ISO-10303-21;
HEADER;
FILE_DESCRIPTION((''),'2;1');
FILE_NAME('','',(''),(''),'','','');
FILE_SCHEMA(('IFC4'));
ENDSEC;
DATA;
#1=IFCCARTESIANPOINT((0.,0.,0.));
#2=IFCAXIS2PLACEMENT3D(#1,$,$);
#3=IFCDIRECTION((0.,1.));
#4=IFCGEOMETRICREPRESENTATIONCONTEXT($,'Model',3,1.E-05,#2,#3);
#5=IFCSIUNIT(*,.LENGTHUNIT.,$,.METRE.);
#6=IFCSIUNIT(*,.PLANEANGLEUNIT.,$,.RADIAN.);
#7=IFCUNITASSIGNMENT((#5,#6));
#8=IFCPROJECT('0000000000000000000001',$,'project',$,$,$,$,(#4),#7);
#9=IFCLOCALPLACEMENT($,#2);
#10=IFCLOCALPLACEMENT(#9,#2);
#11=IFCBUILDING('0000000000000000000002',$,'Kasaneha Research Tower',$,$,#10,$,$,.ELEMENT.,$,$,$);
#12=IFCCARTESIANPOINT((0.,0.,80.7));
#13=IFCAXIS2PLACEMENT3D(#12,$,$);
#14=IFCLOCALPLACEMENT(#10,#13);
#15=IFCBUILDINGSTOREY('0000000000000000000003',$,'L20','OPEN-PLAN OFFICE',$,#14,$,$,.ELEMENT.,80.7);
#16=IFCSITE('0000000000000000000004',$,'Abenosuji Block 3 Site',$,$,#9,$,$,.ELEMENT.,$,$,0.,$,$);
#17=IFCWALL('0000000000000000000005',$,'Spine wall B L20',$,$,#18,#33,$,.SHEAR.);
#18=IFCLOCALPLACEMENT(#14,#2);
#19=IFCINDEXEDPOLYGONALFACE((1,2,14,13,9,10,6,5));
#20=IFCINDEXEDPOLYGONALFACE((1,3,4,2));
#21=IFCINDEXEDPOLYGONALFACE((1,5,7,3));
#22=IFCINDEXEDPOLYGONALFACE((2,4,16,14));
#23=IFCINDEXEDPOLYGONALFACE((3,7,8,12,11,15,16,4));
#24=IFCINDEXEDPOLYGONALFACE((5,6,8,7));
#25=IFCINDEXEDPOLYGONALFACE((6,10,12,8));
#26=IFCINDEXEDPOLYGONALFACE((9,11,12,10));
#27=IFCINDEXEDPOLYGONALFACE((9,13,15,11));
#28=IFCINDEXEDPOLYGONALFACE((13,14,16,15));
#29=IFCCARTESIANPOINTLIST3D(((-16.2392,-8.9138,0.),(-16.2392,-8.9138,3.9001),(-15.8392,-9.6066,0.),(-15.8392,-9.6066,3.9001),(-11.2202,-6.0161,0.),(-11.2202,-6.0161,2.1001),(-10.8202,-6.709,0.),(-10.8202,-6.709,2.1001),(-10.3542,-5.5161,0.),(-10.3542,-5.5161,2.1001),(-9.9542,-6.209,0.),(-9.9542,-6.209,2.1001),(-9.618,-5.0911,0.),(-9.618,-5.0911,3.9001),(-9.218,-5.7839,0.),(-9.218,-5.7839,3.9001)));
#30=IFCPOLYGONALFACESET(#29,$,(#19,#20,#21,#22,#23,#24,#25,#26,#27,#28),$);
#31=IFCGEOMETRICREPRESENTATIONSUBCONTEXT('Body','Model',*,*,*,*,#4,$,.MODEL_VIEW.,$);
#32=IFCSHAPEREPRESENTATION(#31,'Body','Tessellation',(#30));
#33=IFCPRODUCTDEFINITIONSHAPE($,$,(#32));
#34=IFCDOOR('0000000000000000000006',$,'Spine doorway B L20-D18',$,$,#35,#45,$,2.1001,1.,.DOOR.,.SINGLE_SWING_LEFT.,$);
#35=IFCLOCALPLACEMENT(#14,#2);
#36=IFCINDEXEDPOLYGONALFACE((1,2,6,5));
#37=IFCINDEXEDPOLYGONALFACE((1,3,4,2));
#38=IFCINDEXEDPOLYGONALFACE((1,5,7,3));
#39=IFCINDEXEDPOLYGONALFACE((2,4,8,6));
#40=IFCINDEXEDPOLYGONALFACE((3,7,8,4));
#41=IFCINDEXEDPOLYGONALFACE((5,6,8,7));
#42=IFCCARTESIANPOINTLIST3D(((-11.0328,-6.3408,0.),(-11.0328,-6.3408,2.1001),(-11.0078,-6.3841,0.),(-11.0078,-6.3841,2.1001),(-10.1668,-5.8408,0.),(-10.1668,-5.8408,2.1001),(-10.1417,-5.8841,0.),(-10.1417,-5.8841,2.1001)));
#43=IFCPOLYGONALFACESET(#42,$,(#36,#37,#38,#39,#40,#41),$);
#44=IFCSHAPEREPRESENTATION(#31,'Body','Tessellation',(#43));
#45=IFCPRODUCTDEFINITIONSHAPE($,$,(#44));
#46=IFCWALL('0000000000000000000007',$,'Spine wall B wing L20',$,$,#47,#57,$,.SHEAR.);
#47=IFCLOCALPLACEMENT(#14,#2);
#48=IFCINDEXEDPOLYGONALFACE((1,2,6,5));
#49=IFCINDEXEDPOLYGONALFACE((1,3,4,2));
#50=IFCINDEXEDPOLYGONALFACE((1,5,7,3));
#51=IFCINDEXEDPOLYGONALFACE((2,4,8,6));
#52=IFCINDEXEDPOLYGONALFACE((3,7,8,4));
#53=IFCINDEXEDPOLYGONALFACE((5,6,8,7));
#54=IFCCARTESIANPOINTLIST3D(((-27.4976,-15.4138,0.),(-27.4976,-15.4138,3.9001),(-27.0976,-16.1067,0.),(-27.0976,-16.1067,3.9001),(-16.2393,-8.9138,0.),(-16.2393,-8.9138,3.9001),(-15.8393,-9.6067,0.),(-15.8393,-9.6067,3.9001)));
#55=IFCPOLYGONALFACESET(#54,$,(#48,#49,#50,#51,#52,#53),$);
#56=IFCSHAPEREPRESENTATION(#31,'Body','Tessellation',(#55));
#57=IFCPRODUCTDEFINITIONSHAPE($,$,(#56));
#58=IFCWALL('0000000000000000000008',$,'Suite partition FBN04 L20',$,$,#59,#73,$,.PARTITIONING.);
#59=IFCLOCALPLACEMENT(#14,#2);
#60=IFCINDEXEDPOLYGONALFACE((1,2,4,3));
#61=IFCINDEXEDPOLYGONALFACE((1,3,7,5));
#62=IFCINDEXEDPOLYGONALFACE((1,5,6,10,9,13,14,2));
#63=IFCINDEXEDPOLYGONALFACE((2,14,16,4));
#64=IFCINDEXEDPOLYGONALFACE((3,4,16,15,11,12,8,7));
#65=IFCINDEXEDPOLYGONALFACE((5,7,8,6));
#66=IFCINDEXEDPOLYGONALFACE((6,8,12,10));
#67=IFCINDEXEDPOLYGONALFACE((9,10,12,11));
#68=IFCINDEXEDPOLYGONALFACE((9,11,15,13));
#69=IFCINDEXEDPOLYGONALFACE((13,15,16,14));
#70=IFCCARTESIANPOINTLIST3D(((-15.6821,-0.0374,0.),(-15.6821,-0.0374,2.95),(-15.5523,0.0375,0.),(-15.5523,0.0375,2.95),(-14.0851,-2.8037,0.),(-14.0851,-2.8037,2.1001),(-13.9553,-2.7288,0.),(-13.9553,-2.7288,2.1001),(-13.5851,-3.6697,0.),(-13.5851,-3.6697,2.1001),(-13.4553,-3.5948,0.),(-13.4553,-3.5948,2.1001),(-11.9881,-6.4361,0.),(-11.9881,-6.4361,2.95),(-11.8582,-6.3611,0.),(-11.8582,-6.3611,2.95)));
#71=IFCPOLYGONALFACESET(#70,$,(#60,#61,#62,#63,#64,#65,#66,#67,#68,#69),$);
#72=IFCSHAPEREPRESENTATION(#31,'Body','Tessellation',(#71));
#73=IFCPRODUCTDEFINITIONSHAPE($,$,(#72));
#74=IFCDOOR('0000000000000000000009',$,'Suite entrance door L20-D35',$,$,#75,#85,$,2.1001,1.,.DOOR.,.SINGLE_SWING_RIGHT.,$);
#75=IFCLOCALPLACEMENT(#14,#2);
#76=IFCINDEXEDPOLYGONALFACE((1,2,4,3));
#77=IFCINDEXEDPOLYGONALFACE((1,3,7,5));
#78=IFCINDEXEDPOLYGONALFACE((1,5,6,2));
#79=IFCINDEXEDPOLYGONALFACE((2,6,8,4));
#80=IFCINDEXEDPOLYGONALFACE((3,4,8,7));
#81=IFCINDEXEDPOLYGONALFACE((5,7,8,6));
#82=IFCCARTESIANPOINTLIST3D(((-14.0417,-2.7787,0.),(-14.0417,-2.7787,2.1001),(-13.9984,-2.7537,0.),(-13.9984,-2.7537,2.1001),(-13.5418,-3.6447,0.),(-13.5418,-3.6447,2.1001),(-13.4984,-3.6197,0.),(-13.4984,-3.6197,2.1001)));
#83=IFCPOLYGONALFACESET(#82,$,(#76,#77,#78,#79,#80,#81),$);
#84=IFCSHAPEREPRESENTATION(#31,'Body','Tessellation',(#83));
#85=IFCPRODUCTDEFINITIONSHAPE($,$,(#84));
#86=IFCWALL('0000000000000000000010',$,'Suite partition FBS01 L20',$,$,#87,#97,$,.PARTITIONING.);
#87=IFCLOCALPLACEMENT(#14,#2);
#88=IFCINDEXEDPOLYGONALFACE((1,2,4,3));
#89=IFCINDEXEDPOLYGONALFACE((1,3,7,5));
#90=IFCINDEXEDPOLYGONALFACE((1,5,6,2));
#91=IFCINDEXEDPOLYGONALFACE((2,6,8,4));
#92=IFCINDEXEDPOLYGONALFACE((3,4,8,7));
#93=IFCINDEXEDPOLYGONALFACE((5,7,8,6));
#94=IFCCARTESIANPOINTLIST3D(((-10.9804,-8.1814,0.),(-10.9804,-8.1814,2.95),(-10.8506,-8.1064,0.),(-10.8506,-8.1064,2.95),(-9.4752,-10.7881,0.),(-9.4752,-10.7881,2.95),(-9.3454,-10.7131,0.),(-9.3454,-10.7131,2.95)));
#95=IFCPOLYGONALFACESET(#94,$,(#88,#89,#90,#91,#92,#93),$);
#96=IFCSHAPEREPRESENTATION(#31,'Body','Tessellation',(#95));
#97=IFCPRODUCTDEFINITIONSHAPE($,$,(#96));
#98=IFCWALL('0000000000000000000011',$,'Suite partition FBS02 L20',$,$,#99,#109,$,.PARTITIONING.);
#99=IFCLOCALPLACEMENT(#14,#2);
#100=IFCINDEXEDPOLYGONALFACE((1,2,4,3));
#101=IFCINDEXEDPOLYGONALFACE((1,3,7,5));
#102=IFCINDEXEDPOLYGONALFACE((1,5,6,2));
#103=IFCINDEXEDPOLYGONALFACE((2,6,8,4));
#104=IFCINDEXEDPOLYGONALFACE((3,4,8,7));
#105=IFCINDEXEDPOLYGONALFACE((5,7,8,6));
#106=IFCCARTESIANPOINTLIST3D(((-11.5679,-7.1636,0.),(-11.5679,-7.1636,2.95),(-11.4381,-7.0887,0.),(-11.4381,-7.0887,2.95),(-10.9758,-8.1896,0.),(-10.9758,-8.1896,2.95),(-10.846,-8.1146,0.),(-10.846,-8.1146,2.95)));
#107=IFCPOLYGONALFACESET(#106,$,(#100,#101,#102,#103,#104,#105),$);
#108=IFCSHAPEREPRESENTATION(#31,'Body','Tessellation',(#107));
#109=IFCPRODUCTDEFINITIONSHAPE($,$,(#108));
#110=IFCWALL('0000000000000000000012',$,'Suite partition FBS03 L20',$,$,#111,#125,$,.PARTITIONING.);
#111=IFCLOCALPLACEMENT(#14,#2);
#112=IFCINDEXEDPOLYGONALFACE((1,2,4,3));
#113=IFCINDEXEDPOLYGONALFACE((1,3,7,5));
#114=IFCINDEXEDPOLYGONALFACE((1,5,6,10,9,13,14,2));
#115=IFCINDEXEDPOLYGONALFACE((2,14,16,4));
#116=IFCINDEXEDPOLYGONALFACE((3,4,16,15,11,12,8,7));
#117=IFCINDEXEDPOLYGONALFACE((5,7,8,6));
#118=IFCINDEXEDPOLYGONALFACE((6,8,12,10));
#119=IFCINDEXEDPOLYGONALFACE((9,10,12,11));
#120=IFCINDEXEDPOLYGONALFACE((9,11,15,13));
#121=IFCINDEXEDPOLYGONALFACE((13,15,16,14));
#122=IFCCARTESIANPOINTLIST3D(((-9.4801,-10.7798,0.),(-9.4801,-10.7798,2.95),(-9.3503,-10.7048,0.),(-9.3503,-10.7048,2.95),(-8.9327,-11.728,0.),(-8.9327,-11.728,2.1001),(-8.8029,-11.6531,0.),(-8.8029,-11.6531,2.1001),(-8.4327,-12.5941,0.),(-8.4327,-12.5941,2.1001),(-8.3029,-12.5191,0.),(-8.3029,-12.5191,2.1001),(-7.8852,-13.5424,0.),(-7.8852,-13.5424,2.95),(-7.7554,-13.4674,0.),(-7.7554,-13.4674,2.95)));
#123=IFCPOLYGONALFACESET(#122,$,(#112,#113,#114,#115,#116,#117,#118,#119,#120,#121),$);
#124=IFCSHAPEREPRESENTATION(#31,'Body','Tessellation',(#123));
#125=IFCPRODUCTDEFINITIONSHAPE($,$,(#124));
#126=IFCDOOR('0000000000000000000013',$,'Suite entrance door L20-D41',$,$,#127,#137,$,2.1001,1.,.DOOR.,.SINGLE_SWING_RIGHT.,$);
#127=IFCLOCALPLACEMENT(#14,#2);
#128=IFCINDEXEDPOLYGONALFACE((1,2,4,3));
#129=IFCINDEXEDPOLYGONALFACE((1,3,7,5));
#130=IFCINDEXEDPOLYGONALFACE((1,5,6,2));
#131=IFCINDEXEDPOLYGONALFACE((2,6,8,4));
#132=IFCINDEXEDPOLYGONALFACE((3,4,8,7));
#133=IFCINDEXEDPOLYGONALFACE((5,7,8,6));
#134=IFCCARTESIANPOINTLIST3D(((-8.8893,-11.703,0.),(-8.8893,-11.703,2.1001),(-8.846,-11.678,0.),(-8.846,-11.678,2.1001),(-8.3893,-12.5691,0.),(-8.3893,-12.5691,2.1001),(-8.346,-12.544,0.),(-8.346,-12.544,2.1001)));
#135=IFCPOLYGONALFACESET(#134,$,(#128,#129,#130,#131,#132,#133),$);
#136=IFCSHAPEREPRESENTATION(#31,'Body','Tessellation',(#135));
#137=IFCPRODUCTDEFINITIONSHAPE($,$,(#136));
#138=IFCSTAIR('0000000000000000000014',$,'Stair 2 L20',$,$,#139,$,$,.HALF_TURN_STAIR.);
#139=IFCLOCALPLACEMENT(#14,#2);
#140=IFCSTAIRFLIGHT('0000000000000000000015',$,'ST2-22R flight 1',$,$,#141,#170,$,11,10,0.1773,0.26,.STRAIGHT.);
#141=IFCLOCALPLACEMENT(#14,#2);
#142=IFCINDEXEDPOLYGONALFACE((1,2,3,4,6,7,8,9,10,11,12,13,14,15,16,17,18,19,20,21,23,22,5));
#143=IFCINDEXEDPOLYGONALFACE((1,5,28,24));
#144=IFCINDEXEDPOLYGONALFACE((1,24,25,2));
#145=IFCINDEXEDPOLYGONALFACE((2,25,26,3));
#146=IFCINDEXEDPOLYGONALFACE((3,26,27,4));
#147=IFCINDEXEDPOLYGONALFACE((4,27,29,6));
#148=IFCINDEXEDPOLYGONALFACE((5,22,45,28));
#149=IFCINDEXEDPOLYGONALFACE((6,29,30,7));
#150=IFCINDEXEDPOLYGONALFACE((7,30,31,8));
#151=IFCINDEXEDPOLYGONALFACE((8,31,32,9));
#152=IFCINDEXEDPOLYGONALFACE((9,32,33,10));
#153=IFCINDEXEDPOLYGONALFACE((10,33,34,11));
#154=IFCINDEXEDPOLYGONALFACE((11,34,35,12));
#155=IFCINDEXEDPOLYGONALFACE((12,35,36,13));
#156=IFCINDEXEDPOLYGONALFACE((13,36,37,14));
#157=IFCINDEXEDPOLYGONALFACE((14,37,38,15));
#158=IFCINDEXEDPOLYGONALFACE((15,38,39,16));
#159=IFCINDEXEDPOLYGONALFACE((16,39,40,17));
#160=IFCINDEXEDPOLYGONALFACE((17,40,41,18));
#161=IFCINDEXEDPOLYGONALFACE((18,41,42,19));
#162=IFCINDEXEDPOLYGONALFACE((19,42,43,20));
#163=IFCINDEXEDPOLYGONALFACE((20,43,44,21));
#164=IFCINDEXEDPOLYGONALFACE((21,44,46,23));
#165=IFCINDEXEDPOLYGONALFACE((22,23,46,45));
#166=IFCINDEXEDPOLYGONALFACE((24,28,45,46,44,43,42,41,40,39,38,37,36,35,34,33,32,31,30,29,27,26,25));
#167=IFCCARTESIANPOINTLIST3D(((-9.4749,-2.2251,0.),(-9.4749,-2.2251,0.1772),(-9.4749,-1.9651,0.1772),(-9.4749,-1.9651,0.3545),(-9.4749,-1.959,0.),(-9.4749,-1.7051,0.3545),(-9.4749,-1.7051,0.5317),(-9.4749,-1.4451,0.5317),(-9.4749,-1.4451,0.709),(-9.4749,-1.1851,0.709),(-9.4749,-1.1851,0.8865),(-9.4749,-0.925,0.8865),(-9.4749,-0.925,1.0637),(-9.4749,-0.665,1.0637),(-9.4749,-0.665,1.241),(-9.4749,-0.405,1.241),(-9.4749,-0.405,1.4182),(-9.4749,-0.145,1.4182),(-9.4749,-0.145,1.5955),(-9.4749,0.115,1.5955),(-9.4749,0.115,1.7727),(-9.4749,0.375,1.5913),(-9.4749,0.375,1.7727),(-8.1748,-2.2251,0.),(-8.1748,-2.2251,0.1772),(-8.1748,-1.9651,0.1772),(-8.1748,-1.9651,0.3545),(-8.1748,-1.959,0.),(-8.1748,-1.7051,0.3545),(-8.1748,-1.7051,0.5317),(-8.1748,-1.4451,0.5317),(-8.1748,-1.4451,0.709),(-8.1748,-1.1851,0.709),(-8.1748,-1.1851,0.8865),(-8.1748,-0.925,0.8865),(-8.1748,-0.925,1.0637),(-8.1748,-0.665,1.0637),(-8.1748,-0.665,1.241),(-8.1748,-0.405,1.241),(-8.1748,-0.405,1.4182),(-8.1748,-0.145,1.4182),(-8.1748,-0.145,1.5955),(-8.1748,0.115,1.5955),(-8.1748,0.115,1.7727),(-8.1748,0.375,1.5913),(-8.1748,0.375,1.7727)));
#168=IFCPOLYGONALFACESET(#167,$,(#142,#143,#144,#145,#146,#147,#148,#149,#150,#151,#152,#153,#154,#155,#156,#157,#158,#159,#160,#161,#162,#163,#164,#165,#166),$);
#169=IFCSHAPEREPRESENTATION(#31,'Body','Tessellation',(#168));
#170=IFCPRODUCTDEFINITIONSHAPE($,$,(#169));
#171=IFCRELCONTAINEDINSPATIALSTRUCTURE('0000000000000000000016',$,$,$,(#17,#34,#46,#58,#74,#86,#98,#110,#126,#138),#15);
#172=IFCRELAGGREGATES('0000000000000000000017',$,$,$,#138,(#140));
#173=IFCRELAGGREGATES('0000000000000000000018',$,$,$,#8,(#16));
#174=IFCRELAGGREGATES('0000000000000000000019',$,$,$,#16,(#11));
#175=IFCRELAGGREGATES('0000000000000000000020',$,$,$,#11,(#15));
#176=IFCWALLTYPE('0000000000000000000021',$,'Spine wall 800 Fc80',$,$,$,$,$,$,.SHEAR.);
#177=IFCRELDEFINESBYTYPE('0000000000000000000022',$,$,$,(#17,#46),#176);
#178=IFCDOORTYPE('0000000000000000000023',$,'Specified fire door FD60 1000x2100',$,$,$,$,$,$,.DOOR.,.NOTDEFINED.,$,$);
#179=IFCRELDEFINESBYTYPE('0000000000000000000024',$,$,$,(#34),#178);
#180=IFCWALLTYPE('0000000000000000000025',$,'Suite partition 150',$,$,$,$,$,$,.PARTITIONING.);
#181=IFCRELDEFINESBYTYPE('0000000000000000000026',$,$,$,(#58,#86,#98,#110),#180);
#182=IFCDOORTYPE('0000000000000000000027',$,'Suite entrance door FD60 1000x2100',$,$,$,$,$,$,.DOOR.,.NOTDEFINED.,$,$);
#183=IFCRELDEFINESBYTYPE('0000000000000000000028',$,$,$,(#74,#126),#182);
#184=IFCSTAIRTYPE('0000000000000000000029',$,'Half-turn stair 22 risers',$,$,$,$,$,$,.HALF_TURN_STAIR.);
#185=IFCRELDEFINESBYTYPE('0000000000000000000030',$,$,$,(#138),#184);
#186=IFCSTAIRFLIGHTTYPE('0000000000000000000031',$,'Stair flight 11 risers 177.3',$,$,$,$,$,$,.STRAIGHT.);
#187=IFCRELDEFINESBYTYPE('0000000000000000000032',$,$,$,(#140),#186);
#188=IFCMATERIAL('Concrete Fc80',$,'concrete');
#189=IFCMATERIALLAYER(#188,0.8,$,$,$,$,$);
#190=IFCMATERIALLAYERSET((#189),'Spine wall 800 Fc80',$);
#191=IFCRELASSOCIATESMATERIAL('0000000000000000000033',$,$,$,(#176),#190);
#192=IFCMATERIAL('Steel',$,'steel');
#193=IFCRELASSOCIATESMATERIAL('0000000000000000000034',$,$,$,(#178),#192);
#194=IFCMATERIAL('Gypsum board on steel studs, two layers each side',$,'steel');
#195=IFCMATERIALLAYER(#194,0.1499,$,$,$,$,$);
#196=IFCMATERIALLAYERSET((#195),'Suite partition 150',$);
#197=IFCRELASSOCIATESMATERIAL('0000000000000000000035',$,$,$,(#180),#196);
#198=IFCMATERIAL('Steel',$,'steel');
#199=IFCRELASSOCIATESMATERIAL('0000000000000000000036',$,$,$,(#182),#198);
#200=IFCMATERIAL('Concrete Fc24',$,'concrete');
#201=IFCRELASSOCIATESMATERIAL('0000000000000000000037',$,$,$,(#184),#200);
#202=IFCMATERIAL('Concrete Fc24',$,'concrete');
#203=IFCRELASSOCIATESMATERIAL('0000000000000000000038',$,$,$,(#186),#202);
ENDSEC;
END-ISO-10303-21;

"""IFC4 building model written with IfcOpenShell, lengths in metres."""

from ifc_helpers import new_model, si_unit, direction, frame, frame_2d, origin, place, context, subcontext, project, spatial, polyline, rectangle, outline, extrude, material, layer, layer_set, type_object, element, fill, aggregate, save


model = new_model("IFC4")

# Units and contexts
model_context = context("Model", 3, precision=1e-05, world=origin(), true_north=direction((0.0, 1.0)))
body_context = subcontext(model_context, "Body", "Model", "MODEL_VIEW")
ifc_project = project(units=[si_unit("LENGTHUNIT", "METRE"), si_unit("PLANEANGLEUNIT", "RADIAN")], contexts=[model_context])

# Site, building, storey
site_placement = place(None, origin())
site = spatial("IfcSite", under=ifc_project, at=site_placement, Name="Abenosuji Block 3 Site", CompositionType="ELEMENT", RefElevation=0.0)
building_placement = place(site_placement, origin())
building = spatial("IfcBuilding", under=site, at=building_placement, Name="Kasaneha Research Tower", CompositionType="ELEMENT")
storey_placement = place(building_placement, frame((0.0, 0.0, 80.7)))
storey = spatial("IfcBuildingStorey", under=building, at=storey_placement, Name="L20", Description="OPEN-PLAN OFFICE", CompositionType="ELEMENT", Elevation=80.7)

# Wall, opening, door
ifc_material_1 = material(Name="Concrete Fc80", Category="concrete")
ifc_layer_1 = layer(ifc_material_1, 0.8)
ifc_layer_set_1 = layer_set([ifc_layer_1], Name="Spine wall 800 Fc80")
wall_type_1 = type_object("IfcWallType", Name="Spine wall 800 Fc80", PredefinedType="SHEAR", material=ifc_layer_set_1)
wall_1_placement = place(storey_placement, frame((-9.418, -5.4375, 0.0), z_axis=(0.0, 0.0, 1.0), x_axis=(-0.86603, -0.499992, 0.0)))
wall_1 = element("IfcWall", 1, at=wall_1_placement, inside=storey, type_object=wall_type_1, Name="Spine wall B L20", PredefinedType="SHEAR", context=body_context, shape_type="SweptSolid", body=[
    extrude(rectangle(XDim=7.6455, YDim=0.8, at=frame_2d((3.8228, 0.0))), origin(), (0.0, 0.0, 1.0), 3.9001),
])
opening_1_placement = place(wall_1_placement, frame((0.8501, 0.0, 0.0)))
opening_1 = element("IfcOpeningElement", 2, at=opening_1_placement, cuts=wall_1, PredefinedType="OPENING", context=body_context, shape_type="SweptSolid", body=[
    extrude(rectangle(XDim=1.0, YDim=2.1001, at=frame_2d((0.5, 1.05))), frame((0.0, 0.4102, 0.0), z_axis=(0.0, -1.0, 0.0), x_axis=(1.0, 0.0, 0.0)), (0.0, 0.0, 1.0), 0.8201),
])
ifc_material_2 = material(Name="Steel", Category="steel")
door_type_1 = type_object("IfcDoorType", Name="Specified fire door FD60 1000x2100", OperationType="NOTDEFINED", PredefinedType="DOOR", material=ifc_material_2)
door_1_placement = place(opening_1_placement, origin())
door_1 = element("IfcDoor", 3, at=door_1_placement, inside=storey, type_object=door_type_1, Name="Spine doorway B L20-D18", OperationType="SINGLE_SWING_LEFT", OverallHeight=2.1001, OverallWidth=1.0, PredefinedType="DOOR", context=body_context, shape_type="SweptSolid", body=[
    extrude(rectangle(XDim=1.0, YDim=2.1001, at=frame_2d((0.5, 1.05))), frame((0.0, 0.0249, 0.0), z_axis=(0.0, -1.0, 0.0), x_axis=(1.0, 0.0, 0.0)), (0.0, 0.0, 1.0), 0.05),
])
fill(opening_1, door_1)

# Wall
wall_2_placement = place(storey_placement, frame((-16.0393, -9.2603, 0.0), z_axis=(0.0, 0.0, 1.0), x_axis=(-0.866025, -0.500001, 0.0)))
element("IfcWall", 4, at=wall_2_placement, inside=storey, type_object=wall_type_1, Name="Spine wall B wing L20", PredefinedType="SHEAR", context=body_context, shape_type="SweptSolid", body=[
    extrude(rectangle(XDim=13.0, YDim=0.8, at=frame_2d((6.5, 0.0))), origin(), (0.0, 0.0, 1.0), 3.9001),
])

# Wall, opening, door
ifc_material_3 = material(Name="Gypsum board on steel studs, two layers each side", Category="steel")
ifc_layer_2 = layer(ifc_material_3, 0.1499)
ifc_layer_set_2 = layer_set([ifc_layer_2], Name="Suite partition 150")
wall_type_2 = type_object("IfcWallType", Name="Suite partition 150", PredefinedType="PARTITIONING", material=ifc_layer_set_2)
wall_3_placement = place(storey_placement, frame((-11.9231, -6.3987, 0.0), z_axis=(0.0, 0.0, 1.0), x_axis=(-0.499981, 0.866036, 0.0)))
wall_3 = element("IfcWall", 5, at=wall_3_placement, inside=storey, type_object=wall_type_2, Name="Suite partition FBN04 L20", PredefinedType="PARTITIONING", context=body_context, shape_type="SweptSolid", body=[
    extrude(rectangle(XDim=7.3884, YDim=0.1499, at=frame_2d((3.6943, 0.0))), origin(), (0.0, 0.0, 1.0), 2.95),
])
opening_2_placement = place(wall_3_placement, frame((3.1943, 0.0, 0.0)))
opening_2 = element("IfcOpeningElement", 6, at=opening_2_placement, cuts=wall_3, PredefinedType="OPENING", context=body_context, shape_type="SweptSolid", body=[
    extrude(rectangle(XDim=1.0, YDim=2.1001, at=frame_2d((0.5, 1.05))), frame((0.0, 0.085, 0.0), z_axis=(0.0, -1.0, 0.0), x_axis=(1.0, 0.0, 0.0)), (0.0, 0.0, 1.0), 0.1699),
])
ifc_material_4 = material(Name="Steel", Category="steel")
door_type_2 = type_object("IfcDoorType", Name="Suite entrance door FD60 1000x2100", OperationType="NOTDEFINED", PredefinedType="DOOR", material=ifc_material_4)
door_2_placement = place(opening_2_placement, origin())
door_2 = element("IfcDoor", 7, at=door_2_placement, inside=storey, type_object=door_type_2, Name="Suite entrance door L20-D35", OperationType="SINGLE_SWING_RIGHT", OverallHeight=2.1001, OverallWidth=1.0, PredefinedType="DOOR", context=body_context, shape_type="SweptSolid", body=[
    extrude(rectangle(XDim=1.0, YDim=2.1001, at=frame_2d((0.5, 1.05))), frame((0.0, 0.0249, 0.0), z_axis=(0.0, -1.0, 0.0), x_axis=(1.0, 0.0, 0.0)), (0.0, 0.0, 1.0), 0.05),
])
fill(opening_2, door_2)

# Walls
wall_4_placement = place(storey_placement, frame((-9.4104, -10.7505, 0.0), z_axis=(0.0, 0.0, 1.0), x_axis=(-0.500038, 0.866003, 0.0)))
element("IfcWall", 8, at=wall_4_placement, inside=storey, type_object=wall_type_2, Name="Suite partition FBS01 L20", PredefinedType="PARTITIONING", context=body_context, shape_type="SweptSolid", body=[
    extrude(rectangle(XDim=3.01, YDim=0.1499, at=frame_2d((1.5049, 0.0))), origin(), (0.0, 0.0, 1.0), 2.95),
])
wall_5_placement = place(storey_placement, frame((-10.9109, -8.1521, 0.0), z_axis=(0.0, 0.0, 1.0), x_axis=(-0.499841, 0.866117, 0.0)))
element("IfcWall", 9, at=wall_5_placement, inside=storey, type_object=wall_type_2, Name="Suite partition FBS02 L20", PredefinedType="PARTITIONING", context=body_context, shape_type="SweptSolid", body=[
    extrude(rectangle(XDim=1.1846, YDim=0.1499, at=frame_2d((0.5923, 0.0))), origin(), (0.0, 0.0, 1.0), 2.95),
])

# Wall, opening, door
wall_6_placement = place(storey_placement, frame((-7.8203, -13.5049, 0.0), z_axis=(0.0, 0.0, 1.0), x_axis=(-0.499983, 0.866035, 0.0)))
wall_6 = element("IfcWall", 10, at=wall_6_placement, inside=storey, type_object=wall_type_2, Name="Suite partition FBS03 L20", PredefinedType="PARTITIONING", context=body_context, shape_type="SweptSolid", body=[
    extrude(rectangle(XDim=3.1899, YDim=0.1499, at=frame_2d((1.595, 0.0))), origin(), (0.0, 0.0, 1.0), 2.95),
])
opening_3_placement = place(wall_6_placement, frame((1.095, 0.0, 0.0)))
opening_3 = element("IfcOpeningElement", 11, at=opening_3_placement, cuts=wall_6, PredefinedType="OPENING", context=body_context, shape_type="SweptSolid", body=[
    extrude(rectangle(XDim=1.0, YDim=2.1001, at=frame_2d((0.5, 1.05))), frame((0.0, 0.085, 0.0), z_axis=(0.0, -1.0, 0.0), x_axis=(1.0, 0.0, 0.0)), (0.0, 0.0, 1.0), 0.1699),
])
door_3_placement = place(opening_3_placement, origin())
door_3 = element("IfcDoor", 12, at=door_3_placement, inside=storey, type_object=door_type_2, Name="Suite entrance door L20-D41", OperationType="SINGLE_SWING_RIGHT", OverallHeight=2.1001, OverallWidth=1.0, PredefinedType="DOOR", context=body_context, shape_type="SweptSolid", body=[
    extrude(rectangle(XDim=1.0, YDim=2.1001, at=frame_2d((0.5, 1.05))), frame((0.0, 0.0249, 0.0), z_axis=(0.0, -1.0, 0.0), x_axis=(1.0, 0.0, 0.0)), (0.0, 0.0, 1.0), 0.05),
])
fill(opening_3, door_3)

# Stair, stair flight
ifc_material_5 = material(Name="Concrete Fc24", Category="concrete")
stair_type = type_object("IfcStairType", Name="Half-turn stair 22 risers", PredefinedType="HALF_TURN_STAIR", material=ifc_material_5)
stair_placement = place(storey_placement, origin())
stair = element("IfcStair", 13, at=stair_placement, inside=storey, type_object=stair_type, Name="Stair 2 L20", PredefinedType="HALF_TURN_STAIR")
ifc_material_6 = material(Name="Concrete Fc24", Category="concrete")
stair_flight_type = type_object("IfcStairFlightType", Name="Stair flight 11 risers 177.3", PredefinedType="STRAIGHT", material=ifc_material_6)
stair_flight_placement = place(storey_placement, frame((-8.825, -2.2251, 0.0), z_axis=(0.0, 0.0, 1.0), x_axis=(0.0, 1.0, 0.0)))
stair_flight = element("IfcStairFlight", 14, at=stair_flight_placement, type_object=stair_flight_type, Name="ST2-22R flight 1", NumberOfRisers=11, NumberOfTreads=10, PredefinedType="STRAIGHT", RiserHeight=0.1773, TreadLength=0.26, context=body_context, shape_type="SweptSolid", body=[
    extrude(outline(polyline([(0.0, 0.0), (0.0, 0.1772), (0.26, 0.1772), (0.26, 0.3545), (0.52, 0.3545), (0.52, 0.5317), (0.78, 0.5317), (0.78, 0.709), (1.04, 0.709), (1.04, 0.8865), (1.3, 0.8865), (1.3, 1.0637), (1.5601, 1.0637), (1.5601, 1.241), (1.8201, 1.241), (1.8201, 1.4182), (2.0801, 1.4182), (2.0801, 1.5955), (2.3401, 1.5955), (2.3401, 1.7727), (2.6001, 1.7727), (2.6001, 1.95), (2.6001, 1.5913), (0.2661, 0.0), (0.0, 0.0)])), frame((0.0, 0.6499, 0.0), z_axis=(0.0, -1.0, 0.0), x_axis=(1.0, 0.0, 0.0)), (0.0, 0.0, 1.0), 1.3),
])
aggregate(stair, [stair_flight])

save(model, "model.ifc")
